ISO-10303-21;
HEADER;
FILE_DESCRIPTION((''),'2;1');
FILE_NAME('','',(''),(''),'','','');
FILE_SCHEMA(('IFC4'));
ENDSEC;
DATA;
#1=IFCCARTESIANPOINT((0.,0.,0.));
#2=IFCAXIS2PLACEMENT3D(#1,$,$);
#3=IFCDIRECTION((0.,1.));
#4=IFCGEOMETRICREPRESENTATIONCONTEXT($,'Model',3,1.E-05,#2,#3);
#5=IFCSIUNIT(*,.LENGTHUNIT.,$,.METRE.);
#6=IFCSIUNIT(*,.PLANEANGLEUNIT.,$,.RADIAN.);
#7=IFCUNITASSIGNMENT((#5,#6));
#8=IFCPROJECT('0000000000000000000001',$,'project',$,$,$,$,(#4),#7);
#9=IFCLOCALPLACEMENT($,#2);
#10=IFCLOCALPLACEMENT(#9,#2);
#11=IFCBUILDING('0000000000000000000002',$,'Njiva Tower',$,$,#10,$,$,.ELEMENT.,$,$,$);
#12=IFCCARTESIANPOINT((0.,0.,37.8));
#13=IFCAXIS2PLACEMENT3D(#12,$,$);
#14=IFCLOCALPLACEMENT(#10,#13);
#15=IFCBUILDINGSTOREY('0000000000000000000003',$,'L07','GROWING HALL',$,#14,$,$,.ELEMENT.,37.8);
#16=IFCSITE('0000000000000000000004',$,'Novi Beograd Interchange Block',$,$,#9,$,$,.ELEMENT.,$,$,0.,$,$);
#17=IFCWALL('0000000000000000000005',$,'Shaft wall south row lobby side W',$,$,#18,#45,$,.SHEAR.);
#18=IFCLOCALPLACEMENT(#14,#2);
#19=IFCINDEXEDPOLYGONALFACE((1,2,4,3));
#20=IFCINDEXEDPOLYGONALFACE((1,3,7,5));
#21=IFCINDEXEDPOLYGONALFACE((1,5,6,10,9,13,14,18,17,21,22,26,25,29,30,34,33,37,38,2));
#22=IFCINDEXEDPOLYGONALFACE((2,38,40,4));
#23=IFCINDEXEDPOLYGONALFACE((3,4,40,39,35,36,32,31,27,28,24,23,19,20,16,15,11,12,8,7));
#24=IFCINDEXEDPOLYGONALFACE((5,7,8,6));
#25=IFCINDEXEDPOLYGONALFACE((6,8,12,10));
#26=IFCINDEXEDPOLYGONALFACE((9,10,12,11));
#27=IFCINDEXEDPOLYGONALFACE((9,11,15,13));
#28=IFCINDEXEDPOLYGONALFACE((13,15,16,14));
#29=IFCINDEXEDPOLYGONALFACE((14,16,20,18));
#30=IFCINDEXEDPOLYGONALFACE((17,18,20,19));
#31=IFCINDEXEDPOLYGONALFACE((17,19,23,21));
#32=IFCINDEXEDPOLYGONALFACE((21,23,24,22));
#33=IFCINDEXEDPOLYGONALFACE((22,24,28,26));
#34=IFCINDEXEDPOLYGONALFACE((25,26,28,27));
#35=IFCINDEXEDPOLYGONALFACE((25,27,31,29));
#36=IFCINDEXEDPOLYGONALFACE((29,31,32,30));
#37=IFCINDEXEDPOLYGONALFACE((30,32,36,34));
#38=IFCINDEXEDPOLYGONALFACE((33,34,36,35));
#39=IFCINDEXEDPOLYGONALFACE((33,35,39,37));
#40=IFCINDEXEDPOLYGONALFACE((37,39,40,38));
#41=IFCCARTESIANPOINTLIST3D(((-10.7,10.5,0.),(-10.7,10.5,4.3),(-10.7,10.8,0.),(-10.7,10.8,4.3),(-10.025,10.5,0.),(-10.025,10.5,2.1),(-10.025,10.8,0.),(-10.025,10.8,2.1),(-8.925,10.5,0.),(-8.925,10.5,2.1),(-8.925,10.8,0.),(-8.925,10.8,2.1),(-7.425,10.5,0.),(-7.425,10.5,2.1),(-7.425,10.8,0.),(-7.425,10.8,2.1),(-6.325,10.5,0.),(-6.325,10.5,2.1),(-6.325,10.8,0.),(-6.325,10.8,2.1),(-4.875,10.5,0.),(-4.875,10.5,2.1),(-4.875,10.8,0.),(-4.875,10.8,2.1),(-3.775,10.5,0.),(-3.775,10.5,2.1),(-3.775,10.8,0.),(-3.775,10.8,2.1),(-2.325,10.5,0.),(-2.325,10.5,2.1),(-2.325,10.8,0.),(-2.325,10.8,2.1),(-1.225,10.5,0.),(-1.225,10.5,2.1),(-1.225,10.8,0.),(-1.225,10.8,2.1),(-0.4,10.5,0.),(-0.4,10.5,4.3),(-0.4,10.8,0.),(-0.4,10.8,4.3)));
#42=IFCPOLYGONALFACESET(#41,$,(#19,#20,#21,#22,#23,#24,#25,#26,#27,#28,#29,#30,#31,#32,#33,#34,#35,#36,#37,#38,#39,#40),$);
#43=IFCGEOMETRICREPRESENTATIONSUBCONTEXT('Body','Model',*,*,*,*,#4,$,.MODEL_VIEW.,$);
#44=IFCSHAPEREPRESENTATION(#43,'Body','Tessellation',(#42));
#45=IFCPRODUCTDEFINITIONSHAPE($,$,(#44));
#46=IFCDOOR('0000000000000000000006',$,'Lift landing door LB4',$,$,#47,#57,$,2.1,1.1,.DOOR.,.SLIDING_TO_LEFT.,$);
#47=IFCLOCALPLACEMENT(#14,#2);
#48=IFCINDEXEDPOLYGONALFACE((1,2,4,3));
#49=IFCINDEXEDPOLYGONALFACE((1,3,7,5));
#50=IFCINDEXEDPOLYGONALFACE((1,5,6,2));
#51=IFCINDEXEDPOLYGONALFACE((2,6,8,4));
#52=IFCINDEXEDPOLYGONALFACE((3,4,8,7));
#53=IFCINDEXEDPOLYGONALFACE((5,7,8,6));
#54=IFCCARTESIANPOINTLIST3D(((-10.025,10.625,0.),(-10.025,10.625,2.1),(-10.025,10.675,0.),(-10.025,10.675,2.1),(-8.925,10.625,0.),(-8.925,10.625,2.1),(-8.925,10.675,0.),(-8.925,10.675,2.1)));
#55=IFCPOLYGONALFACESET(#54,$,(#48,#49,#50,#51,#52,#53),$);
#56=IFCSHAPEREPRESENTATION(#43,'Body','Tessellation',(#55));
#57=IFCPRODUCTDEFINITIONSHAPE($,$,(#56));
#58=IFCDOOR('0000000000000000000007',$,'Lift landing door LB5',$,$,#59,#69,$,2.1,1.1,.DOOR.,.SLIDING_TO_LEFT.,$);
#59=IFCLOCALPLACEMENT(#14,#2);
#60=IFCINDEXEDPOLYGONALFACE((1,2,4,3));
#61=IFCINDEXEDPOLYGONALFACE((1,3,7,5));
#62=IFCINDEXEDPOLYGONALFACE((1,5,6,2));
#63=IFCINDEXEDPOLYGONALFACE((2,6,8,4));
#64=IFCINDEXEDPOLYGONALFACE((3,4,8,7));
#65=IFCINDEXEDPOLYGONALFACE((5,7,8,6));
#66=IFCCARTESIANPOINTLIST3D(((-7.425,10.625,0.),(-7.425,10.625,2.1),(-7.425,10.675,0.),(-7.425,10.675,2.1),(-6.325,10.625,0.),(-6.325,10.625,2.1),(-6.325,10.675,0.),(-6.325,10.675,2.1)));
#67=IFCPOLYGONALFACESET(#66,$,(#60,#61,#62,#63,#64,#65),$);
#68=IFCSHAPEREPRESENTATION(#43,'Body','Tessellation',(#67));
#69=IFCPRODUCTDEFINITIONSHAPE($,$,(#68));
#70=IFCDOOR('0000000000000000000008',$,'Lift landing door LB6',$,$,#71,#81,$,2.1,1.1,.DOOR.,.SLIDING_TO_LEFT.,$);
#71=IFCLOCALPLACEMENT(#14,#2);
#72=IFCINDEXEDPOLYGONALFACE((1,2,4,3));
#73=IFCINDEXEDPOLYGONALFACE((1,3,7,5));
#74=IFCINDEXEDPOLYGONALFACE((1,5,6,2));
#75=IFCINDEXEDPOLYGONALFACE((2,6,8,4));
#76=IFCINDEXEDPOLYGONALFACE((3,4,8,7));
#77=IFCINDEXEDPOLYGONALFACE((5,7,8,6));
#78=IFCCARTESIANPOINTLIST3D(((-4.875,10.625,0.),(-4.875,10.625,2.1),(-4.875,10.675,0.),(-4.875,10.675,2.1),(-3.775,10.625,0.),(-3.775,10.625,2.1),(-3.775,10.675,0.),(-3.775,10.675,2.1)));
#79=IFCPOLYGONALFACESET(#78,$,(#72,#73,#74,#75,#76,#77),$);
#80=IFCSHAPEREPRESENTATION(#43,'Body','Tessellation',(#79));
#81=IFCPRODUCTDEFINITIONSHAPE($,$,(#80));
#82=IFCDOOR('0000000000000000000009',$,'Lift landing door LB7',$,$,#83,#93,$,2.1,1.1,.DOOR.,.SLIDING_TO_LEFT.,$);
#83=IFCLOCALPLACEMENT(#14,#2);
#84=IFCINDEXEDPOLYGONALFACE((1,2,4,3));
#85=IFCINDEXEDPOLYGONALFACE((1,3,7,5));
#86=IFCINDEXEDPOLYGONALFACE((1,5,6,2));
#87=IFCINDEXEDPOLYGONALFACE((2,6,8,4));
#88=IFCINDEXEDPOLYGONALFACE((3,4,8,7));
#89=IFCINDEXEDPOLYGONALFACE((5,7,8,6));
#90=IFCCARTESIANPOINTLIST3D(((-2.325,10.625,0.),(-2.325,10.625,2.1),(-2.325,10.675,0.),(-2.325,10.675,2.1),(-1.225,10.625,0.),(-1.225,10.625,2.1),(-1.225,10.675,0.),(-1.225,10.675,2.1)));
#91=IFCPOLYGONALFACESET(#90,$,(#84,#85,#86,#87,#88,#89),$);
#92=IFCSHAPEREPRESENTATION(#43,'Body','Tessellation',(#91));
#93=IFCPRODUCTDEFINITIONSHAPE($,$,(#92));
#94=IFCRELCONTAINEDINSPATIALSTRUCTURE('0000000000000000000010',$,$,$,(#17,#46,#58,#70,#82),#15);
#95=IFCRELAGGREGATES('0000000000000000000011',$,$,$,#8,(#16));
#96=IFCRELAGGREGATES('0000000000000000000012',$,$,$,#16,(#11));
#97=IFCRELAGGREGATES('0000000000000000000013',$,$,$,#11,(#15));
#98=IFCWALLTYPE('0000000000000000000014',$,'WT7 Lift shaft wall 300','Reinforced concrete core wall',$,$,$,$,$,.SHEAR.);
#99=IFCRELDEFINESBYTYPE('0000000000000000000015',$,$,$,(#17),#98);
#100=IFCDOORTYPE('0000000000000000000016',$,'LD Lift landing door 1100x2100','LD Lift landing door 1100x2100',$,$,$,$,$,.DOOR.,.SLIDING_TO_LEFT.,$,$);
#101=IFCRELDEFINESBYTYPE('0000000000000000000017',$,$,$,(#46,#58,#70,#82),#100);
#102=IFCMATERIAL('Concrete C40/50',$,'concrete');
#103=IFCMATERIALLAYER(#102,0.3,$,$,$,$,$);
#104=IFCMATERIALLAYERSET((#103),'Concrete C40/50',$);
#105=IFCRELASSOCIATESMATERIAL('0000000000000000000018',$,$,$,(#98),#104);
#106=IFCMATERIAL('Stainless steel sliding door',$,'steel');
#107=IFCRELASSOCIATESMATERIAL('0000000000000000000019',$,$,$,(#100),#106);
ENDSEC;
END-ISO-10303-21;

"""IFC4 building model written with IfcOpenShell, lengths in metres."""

from ifc_helpers import new_model, si_unit, direction, frame, frame_2d, origin, place, context, subcontext, project, spatial, rectangle, extrude, material, layer, layer_set, type_object, element, fill, save


model = new_model("IFC4")

# Units and contexts
model_context = context("Model", 3, precision=1e-05, world=origin(), true_north=direction((0.0, 1.0)))
body_context = subcontext(model_context, "Body", "Model", "MODEL_VIEW")
ifc_project = project(units=[si_unit("LENGTHUNIT", "METRE"), si_unit("PLANEANGLEUNIT", "RADIAN")], contexts=[model_context])

# Site, building, storey
site_placement = place(None, origin())
site = spatial("IfcSite", under=ifc_project, at=site_placement, Name="Novi Beograd Interchange Block", CompositionType="ELEMENT", RefElevation=0.0)
building_placement = place(site_placement, origin())
building = spatial("IfcBuilding", under=site, at=building_placement, Name="Njiva Tower", CompositionType="ELEMENT")
storey_placement = place(building_placement, frame((0.0, 0.0, 37.8)))
storey = spatial("IfcBuildingStorey", under=building, at=storey_placement, Name="L07", Description="GROWING HALL", CompositionType="ELEMENT", Elevation=37.8)

# Shared definitions
ifc_material_1 = material(Name="Concrete C40/50", Category="concrete")

# Wall, openings, doors
ifc_layer_1 = layer(ifc_material_1, 0.3)
ifc_layer_set_1 = layer_set([ifc_layer_1], Name="Concrete C40/50")
wall_type_1 = type_object("IfcWallType", Name="WT7 Lift shaft wall 300", Description="Reinforced concrete core wall", PredefinedType="SHEAR", material=ifc_layer_set_1)
ifc_material_2 = material(Name="Stainless steel sliding door", Category="steel")
door_type_1 = type_object("IfcDoorType", Name="LD Lift landing door 1100x2100", Description="LD Lift landing door 1100x2100", OperationType="SLIDING_TO_LEFT", PredefinedType="DOOR", material=ifc_material_2)
wall_1_placement = place(storey_placement, frame((-10.7, 10.65, 0.0), z_axis=(0.0, 0.0, 1.0), x_axis=(1.0, 0.0, 0.0)))
wall_1 = element("IfcWall", 1, at=wall_1_placement, inside=storey, type_object=wall_type_1, Name="Shaft wall south row lobby side W", PredefinedType="SHEAR", context=body_context, shape_type="SweptSolid", body=[
    extrude(rectangle(XDim=10.3, YDim=0.3, at=frame_2d((5.15, 0.0))), origin(), (0.0, 0.0, 1.0), 4.3),
])
opening_1_placement = place(wall_1_placement, frame((0.675, 0.0, 0.0)))
opening_1 = element("IfcOpeningElement", 2, at=opening_1_placement, cuts=wall_1, PredefinedType="OPENING", context=body_context, shape_type="SweptSolid", body=[
    extrude(rectangle(XDim=1.1, YDim=2.1, at=frame_2d((0.55, 1.05))), frame((0.0, 0.16, 0.0), z_axis=(0.0, -1.0, 0.0), x_axis=(1.0, 0.0, 0.0)), (0.0, 0.0, 1.0), 0.32),
])
opening_2_placement = place(wall_1_placement, frame((3.275, 0.0, 0.0)))
opening_2 = element("IfcOpeningElement", 3, at=opening_2_placement, cuts=wall_1, PredefinedType="OPENING", context=body_context, shape_type="SweptSolid", body=[
    extrude(rectangle(XDim=1.1, YDim=2.1, at=frame_2d((0.55, 1.05))), frame((0.0, 0.16, 0.0), z_axis=(0.0, -1.0, 0.0), x_axis=(1.0, 0.0, 0.0)), (0.0, 0.0, 1.0), 0.32),
])
opening_3_placement = place(wall_1_placement, frame((5.825, 0.0, 0.0)))
opening_3 = element("IfcOpeningElement", 4, at=opening_3_placement, cuts=wall_1, PredefinedType="OPENING", context=body_context, shape_type="SweptSolid", body=[
    extrude(rectangle(XDim=1.1, YDim=2.1, at=frame_2d((0.55, 1.05))), frame((0.0, 0.16, 0.0), z_axis=(0.0, -1.0, 0.0), x_axis=(1.0, 0.0, 0.0)), (0.0, 0.0, 1.0), 0.32),
])
opening_4_placement = place(wall_1_placement, frame((8.375, 0.0, 0.0)))
opening_4 = element("IfcOpeningElement", 5, at=opening_4_placement, cuts=wall_1, PredefinedType="OPENING", context=body_context, shape_type="SweptSolid", body=[
    extrude(rectangle(XDim=1.1, YDim=2.1, at=frame_2d((0.55, 1.05))), frame((0.0, 0.16, 0.0), z_axis=(0.0, -1.0, 0.0), x_axis=(1.0, 0.0, 0.0)), (0.0, 0.0, 1.0), 0.32),
])
door_1_placement = place(opening_1_placement, origin())
door_1 = element("IfcDoor", 6, at=door_1_placement, inside=storey, type_object=door_type_1, Name="Lift landing door LB4", OperationType="SLIDING_TO_LEFT", OverallHeight=2.1, OverallWidth=1.1, PredefinedType="DOOR", context=body_context, shape_type="SweptSolid", body=[
    extrude(rectangle(XDim=1.1, YDim=2.1, at=frame_2d((0.55, 1.05))), frame((0.0, 0.025, 0.0), z_axis=(0.0, -1.0, 0.0), x_axis=(1.0, 0.0, 0.0)), (0.0, 0.0, 1.0), 0.05),
])
fill(opening_1, door_1)
door_2_placement = place(opening_2_placement, origin())
door_2 = element("IfcDoor", 7, at=door_2_placement, inside=storey, type_object=door_type_1, Name="Lift landing door LB5", OperationType="SLIDING_TO_LEFT", OverallHeight=2.1, OverallWidth=1.1, PredefinedType="DOOR", context=body_context, shape_type="SweptSolid", body=[
    extrude(rectangle(XDim=1.1, YDim=2.1, at=frame_2d((0.55, 1.05))), frame((0.0, 0.025, 0.0), z_axis=(0.0, -1.0, 0.0), x_axis=(1.0, 0.0, 0.0)), (0.0, 0.0, 1.0), 0.05),
])
fill(opening_2, door_2)
door_3_placement = place(opening_3_placement, origin())
door_3 = element("IfcDoor", 8, at=door_3_placement, inside=storey, type_object=door_type_1, Name="Lift landing door LB6", OperationType="SLIDING_TO_LEFT", OverallHeight=2.1, OverallWidth=1.1, PredefinedType="DOOR", context=body_context, shape_type="SweptSolid", body=[
    extrude(rectangle(XDim=1.1, YDim=2.1, at=frame_2d((0.55, 1.05))), frame((0.0, 0.025, 0.0), z_axis=(0.0, -1.0, 0.0), x_axis=(1.0, 0.0, 0.0)), (0.0, 0.0, 1.0), 0.05),
])
fill(opening_3, door_3)
door_4_placement = place(opening_4_placement, origin())
door_4 = element("IfcDoor", 9, at=door_4_placement, inside=storey, type_object=door_type_1, Name="Lift landing door LB7", OperationType="SLIDING_TO_LEFT", OverallHeight=2.1, OverallWidth=1.1, PredefinedType="DOOR", context=body_context, shape_type="SweptSolid", body=[
    extrude(rectangle(XDim=1.1, YDim=2.1, at=frame_2d((0.55, 1.05))), frame((0.0, 0.025, 0.0), z_axis=(0.0, -1.0, 0.0), x_axis=(1.0, 0.0, 0.0)), (0.0, 0.0, 1.0), 0.05),
])
fill(opening_4, door_4)

save(model, "model.ifc")
